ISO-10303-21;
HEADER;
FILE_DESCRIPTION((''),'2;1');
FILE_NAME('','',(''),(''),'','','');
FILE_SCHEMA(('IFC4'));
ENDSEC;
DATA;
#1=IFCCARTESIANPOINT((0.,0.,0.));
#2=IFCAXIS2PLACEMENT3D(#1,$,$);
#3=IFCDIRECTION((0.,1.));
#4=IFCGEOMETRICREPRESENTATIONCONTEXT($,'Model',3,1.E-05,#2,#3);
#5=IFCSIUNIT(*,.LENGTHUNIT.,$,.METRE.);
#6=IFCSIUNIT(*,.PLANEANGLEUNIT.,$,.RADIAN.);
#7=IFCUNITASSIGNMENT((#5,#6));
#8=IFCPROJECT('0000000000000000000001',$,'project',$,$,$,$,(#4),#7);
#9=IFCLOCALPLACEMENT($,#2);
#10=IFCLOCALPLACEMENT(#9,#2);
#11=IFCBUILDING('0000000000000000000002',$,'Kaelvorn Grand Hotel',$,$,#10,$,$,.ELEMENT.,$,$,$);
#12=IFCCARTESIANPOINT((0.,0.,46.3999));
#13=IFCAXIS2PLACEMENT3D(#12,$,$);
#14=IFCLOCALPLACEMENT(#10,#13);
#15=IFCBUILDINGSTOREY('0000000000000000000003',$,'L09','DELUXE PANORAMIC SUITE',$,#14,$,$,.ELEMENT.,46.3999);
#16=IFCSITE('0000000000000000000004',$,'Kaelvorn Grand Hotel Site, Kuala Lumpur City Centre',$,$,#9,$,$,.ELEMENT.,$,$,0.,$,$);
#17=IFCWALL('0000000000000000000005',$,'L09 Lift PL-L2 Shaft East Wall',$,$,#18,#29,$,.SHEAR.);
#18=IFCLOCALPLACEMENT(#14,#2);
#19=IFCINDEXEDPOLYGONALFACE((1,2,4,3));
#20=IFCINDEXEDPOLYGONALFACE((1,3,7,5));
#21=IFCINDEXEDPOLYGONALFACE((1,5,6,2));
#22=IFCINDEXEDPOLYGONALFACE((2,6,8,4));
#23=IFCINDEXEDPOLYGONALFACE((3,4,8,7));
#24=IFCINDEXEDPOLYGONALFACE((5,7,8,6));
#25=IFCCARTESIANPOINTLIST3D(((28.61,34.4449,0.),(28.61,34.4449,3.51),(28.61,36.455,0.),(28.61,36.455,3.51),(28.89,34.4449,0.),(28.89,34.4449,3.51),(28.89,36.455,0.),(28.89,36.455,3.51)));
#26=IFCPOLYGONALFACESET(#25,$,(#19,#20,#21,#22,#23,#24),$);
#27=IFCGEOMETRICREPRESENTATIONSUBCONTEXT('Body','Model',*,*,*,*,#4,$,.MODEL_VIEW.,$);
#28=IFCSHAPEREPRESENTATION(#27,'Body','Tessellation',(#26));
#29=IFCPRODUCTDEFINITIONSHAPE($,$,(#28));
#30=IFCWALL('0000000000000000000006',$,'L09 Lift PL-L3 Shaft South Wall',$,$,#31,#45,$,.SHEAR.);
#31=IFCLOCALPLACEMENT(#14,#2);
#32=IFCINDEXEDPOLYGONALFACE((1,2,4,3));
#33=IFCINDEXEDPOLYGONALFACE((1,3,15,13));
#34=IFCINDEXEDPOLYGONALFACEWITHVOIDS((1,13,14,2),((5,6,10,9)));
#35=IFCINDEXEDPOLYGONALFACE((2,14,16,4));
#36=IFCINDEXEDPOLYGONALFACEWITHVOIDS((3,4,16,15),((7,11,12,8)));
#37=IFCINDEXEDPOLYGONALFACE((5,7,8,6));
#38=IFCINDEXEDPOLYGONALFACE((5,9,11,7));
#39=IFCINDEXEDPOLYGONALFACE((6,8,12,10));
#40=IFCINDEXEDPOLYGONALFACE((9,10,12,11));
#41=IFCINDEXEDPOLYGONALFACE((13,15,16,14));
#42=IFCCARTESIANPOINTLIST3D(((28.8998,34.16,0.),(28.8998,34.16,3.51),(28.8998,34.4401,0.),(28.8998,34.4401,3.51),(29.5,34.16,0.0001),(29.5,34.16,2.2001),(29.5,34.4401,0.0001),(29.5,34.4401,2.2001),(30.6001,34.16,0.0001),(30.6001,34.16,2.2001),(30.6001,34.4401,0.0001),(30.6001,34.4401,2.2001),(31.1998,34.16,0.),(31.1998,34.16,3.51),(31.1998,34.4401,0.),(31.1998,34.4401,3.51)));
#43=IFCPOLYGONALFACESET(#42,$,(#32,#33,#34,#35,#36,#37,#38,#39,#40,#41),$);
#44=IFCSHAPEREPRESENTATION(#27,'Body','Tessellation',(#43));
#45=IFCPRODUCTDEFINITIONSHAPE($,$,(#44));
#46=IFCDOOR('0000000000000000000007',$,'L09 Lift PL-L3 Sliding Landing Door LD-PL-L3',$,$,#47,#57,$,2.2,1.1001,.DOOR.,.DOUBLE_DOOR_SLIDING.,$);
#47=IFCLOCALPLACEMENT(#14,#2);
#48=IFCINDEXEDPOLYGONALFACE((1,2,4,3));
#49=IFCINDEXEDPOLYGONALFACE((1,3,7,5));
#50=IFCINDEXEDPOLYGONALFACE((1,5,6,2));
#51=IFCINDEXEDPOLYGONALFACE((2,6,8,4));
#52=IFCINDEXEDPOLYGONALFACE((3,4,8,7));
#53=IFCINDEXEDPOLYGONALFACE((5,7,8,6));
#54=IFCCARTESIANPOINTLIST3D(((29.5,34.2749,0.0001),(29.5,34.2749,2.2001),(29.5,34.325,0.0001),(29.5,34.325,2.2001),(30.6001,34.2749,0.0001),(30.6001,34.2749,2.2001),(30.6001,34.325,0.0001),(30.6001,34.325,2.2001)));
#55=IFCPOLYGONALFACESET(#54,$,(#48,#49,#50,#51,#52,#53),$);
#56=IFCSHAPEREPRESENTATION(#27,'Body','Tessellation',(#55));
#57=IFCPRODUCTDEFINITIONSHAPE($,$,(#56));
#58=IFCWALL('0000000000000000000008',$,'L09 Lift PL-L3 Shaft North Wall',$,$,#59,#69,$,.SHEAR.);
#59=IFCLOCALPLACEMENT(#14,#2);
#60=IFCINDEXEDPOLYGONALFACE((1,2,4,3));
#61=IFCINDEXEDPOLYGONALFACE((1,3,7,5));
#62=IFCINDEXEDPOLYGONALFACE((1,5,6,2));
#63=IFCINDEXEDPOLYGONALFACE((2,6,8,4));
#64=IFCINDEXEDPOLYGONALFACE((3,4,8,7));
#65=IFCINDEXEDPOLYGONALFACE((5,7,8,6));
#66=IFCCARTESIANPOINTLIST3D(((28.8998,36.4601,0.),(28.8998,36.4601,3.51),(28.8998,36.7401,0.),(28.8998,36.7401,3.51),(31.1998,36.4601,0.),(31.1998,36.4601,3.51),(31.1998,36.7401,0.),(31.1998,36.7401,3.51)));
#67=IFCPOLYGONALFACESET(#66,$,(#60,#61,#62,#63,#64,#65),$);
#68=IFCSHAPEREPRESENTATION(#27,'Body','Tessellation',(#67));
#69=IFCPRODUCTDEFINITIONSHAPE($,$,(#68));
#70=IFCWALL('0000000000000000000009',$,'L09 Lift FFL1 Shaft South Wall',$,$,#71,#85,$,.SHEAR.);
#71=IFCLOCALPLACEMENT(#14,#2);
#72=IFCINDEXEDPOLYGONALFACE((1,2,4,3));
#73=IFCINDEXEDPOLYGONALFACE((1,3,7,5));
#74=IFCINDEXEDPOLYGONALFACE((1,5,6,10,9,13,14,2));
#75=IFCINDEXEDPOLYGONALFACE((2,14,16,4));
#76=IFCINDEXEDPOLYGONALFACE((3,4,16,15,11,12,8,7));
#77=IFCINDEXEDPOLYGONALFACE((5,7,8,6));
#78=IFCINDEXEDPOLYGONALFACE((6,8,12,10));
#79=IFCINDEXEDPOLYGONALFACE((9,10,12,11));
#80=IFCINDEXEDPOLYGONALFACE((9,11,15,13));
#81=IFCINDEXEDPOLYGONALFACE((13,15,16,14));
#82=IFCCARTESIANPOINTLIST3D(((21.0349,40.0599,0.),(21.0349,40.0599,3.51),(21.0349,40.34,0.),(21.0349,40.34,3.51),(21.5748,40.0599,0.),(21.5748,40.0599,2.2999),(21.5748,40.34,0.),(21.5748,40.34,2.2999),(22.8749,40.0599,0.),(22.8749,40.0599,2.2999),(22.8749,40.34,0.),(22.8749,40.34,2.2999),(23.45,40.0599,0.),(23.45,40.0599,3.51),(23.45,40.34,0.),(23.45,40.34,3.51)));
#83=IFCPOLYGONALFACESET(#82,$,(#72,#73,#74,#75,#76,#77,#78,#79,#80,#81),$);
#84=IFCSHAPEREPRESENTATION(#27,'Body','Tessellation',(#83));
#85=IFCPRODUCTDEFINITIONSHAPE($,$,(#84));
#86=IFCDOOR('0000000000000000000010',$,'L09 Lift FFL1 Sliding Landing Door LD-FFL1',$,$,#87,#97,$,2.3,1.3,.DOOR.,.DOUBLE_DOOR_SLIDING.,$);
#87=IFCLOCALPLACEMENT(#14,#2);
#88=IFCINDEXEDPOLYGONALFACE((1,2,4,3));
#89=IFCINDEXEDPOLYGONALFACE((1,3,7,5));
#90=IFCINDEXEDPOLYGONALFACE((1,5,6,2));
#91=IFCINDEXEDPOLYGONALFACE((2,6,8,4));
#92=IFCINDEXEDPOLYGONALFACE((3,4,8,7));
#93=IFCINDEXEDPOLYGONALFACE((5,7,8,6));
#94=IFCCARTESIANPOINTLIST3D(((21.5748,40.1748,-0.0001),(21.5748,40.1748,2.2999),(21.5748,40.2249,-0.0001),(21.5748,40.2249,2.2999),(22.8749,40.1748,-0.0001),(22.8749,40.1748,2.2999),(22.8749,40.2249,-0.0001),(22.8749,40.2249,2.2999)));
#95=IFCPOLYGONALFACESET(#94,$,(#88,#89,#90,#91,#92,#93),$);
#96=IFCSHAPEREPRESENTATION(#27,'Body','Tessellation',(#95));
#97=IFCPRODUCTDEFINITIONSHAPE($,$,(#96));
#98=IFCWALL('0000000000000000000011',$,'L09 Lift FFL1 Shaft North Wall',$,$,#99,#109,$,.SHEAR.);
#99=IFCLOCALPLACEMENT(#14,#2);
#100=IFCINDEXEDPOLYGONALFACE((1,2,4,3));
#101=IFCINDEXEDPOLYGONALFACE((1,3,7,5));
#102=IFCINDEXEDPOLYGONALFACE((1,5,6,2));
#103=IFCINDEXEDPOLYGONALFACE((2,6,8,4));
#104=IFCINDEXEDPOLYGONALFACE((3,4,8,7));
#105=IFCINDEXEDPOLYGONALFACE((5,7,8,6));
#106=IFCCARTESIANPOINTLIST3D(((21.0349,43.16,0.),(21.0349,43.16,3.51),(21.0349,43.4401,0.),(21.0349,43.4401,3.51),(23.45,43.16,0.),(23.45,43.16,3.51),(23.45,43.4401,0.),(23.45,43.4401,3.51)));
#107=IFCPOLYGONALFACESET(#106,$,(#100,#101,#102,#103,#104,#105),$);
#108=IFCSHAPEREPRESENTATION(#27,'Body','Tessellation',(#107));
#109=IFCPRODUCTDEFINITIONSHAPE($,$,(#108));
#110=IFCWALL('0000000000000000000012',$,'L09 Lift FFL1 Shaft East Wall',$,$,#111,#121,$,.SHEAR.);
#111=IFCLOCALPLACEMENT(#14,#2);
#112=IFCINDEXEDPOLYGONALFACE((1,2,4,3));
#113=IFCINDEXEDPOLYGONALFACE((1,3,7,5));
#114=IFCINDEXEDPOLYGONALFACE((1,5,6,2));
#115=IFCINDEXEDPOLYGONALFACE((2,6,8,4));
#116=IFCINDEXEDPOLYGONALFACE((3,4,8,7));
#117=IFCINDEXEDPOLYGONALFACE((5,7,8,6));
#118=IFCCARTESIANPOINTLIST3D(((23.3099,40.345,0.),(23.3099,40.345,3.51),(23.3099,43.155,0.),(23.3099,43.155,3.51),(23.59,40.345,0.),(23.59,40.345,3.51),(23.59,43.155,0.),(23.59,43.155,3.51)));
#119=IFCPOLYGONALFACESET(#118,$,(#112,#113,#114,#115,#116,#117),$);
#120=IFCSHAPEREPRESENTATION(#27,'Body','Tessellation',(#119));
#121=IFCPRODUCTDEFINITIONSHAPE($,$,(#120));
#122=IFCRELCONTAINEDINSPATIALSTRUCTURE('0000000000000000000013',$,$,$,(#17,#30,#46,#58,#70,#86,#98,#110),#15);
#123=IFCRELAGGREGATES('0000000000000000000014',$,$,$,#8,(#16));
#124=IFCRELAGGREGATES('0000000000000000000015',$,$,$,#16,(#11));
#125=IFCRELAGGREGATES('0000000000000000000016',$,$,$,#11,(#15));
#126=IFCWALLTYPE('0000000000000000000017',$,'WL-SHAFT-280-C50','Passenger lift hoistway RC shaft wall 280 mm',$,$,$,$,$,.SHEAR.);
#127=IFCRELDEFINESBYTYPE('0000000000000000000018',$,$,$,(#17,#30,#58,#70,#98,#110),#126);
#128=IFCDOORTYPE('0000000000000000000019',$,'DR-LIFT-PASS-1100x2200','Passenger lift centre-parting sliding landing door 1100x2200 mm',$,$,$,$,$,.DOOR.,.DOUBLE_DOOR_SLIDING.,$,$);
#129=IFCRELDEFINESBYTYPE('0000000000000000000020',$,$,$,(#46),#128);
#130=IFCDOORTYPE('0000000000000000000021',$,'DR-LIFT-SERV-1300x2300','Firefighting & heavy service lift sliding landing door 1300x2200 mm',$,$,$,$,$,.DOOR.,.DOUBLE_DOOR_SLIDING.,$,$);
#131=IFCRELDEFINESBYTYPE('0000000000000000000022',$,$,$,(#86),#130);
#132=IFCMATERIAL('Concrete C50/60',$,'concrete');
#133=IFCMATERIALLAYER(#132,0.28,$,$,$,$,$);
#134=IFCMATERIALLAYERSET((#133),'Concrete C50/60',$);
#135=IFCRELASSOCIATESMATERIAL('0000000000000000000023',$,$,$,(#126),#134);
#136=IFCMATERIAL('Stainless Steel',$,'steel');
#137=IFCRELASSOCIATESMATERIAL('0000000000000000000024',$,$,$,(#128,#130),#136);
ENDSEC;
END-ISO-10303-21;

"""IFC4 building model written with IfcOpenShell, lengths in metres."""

from ifc_helpers import new_model, si_unit, direction, frame, frame_2d, origin, place, context, subcontext, project, spatial, rectangle, extrude, material, layer, layer_set, type_object, element, fill, save


model = new_model("IFC4")

# Units and contexts
model_context = context("Model", 3, precision=1e-05, world=origin(), true_north=direction((0.0, 1.0)))
body_context = subcontext(model_context, "Body", "Model", "MODEL_VIEW")
ifc_project = project(units=[si_unit("LENGTHUNIT", "METRE"), si_unit("PLANEANGLEUNIT", "RADIAN")], contexts=[model_context])

# Site, building, storey
site_placement = place(None, origin())
site = spatial("IfcSite", under=ifc_project, at=site_placement, Name="Kaelvorn Grand Hotel Site, Kuala Lumpur City Centre", CompositionType="ELEMENT", RefElevation=0.0)
building_placement = place(site_placement, origin())
building = spatial("IfcBuilding", under=site, at=building_placement, Name="Kaelvorn Grand Hotel", CompositionType="ELEMENT")
storey_placement = place(building_placement, frame((0.0, 0.0, 46.3999)))
storey = spatial("IfcBuildingStorey", under=building, at=storey_placement, Name="L09", Description="DELUXE PANORAMIC SUITE", CompositionType="ELEMENT", Elevation=46.3999)

# Shared definitions
ifc_material_1 = material(Name="Concrete C50/60", Category="concrete")
ifc_layer_1 = layer(ifc_material_1, 0.28)
ifc_layer_set_1 = layer_set([ifc_layer_1], Name="Concrete C50/60")
wall_type_1 = type_object("IfcWallType", Name="WL-SHAFT-280-C50", Description="Passenger lift hoistway RC shaft wall 280 mm", PredefinedType="SHEAR", material=ifc_layer_set_1)
ifc_material_2 = material(Name="Stainless Steel", Category="steel")
door_type_1 = type_object("IfcDoorType", Name="DR-LIFT-PASS-1100x2200", Description="Passenger lift centre-parting sliding landing door 1100x2200 mm", OperationType="DOUBLE_DOOR_SLIDING", PredefinedType="DOOR", material=ifc_material_2)

# Wall
wall_1_placement = place(storey_placement, frame((28.75, 34.4451, 0.0), z_axis=(0.0, 0.0, 1.0), x_axis=(0.0, 1.0, 0.0)))
element("IfcWall", 1, at=wall_1_placement, inside=storey, type_object=wall_type_1, Name="L09 Lift PL-L2 Shaft East Wall", PredefinedType="SHEAR", context=body_context, shape_type="SweptSolid", body=[
    extrude(rectangle(XDim=2.01, YDim=0.28, at=frame_2d((1.0049, 0.0))), origin(), (0.0, 0.0, 1.0), 3.51),
])

# Wall, opening, door
wall_2_placement = place(storey_placement, frame((28.8999, 34.3, 0.0), z_axis=(0.0, 0.0, 1.0), x_axis=(1.0, 0.0, 0.0)))
wall_2 = element("IfcWall", 2, at=wall_2_placement, inside=storey, type_object=wall_type_1, Name="L09 Lift PL-L3 Shaft South Wall", PredefinedType="SHEAR", context=body_context, shape_type="SweptSolid", body=[
    extrude(rectangle(XDim=2.3, YDim=0.28, at=frame_2d((1.1499, 0.0))), origin(), (0.0, 0.0, 1.0), 3.51),
])
opening_1_placement = place(wall_2_placement, frame((0.6001, 0.0, 0.0)))
opening_1 = element("IfcOpeningElement", 3, at=opening_1_placement, cuts=wall_2, PredefinedType="OPENING", context=body_context, shape_type="SweptSolid", body=[
    extrude(rectangle(XDim=1.1001, YDim=2.2, at=frame_2d((0.55, 1.1001))), frame((0.0, 0.1499, 0.0), z_axis=(0.0, -1.0, 0.0), x_axis=(1.0, 0.0, 0.0)), (0.0, 0.0, 1.0), 0.3),
])
door_1_placement = place(opening_1_placement, origin())
door_1 = element("IfcDoor", 4, at=door_1_placement, inside=storey, type_object=door_type_1, Name="L09 Lift PL-L3 Sliding Landing Door LD-PL-L3", OperationType="DOUBLE_DOOR_SLIDING", OverallHeight=2.2, OverallWidth=1.1001, PredefinedType="DOOR", context=body_context, shape_type="SweptSolid", body=[
    extrude(rectangle(XDim=1.1001, YDim=2.2, at=frame_2d((0.55, 1.1001))), frame((0.0, 0.0249, 0.0), z_axis=(0.0, -1.0, 0.0), x_axis=(1.0, 0.0, 0.0)), (0.0, 0.0, 1.0), 0.05),
])
fill(opening_1, door_1)

# Wall
wall_3_placement = place(storey_placement, frame((28.8999, 36.6001, 0.0), z_axis=(0.0, 0.0, 1.0), x_axis=(1.0, 0.0, 0.0)))
element("IfcWall", 5, at=wall_3_placement, inside=storey, type_object=wall_type_1, Name="L09 Lift PL-L3 Shaft North Wall", PredefinedType="SHEAR", context=body_context, shape_type="SweptSolid", body=[
    extrude(rectangle(XDim=2.3, YDim=0.28, at=frame_2d((1.1499, 0.0))), origin(), (0.0, 0.0, 1.0), 3.51),
])

# Wall, opening, door
wall_4_placement = place(storey_placement, frame((21.0349, 40.2, 0.0), z_axis=(0.0, 0.0, 1.0), x_axis=(1.0, 0.0, 0.0)))
wall_4 = element("IfcWall", 6, at=wall_4_placement, inside=storey, type_object=wall_type_1, Name="L09 Lift FFL1 Shaft South Wall", PredefinedType="SHEAR", context=body_context, shape_type="SweptSolid", body=[
    extrude(rectangle(XDim=2.415, YDim=0.28, at=frame_2d((1.2075, 0.0))), origin(), (0.0, 0.0, 1.0), 3.51),
])
opening_2_placement = place(wall_4_placement, frame((0.54, 0.0, 0.0)))
opening_2 = element("IfcOpeningElement", 7, at=opening_2_placement, cuts=wall_4, PredefinedType="OPENING", context=body_context, shape_type="SweptSolid", body=[
    extrude(rectangle(XDim=1.3, YDim=2.3, at=frame_2d((0.6499, 1.1499))), frame((0.0, 0.1499, 0.0), z_axis=(0.0, -1.0, 0.0), x_axis=(1.0, 0.0, 0.0)), (0.0, 0.0, 1.0), 0.3),
])
door_type_2 = type_object("IfcDoorType", Name="DR-LIFT-SERV-1300x2300", Description="Firefighting & heavy service lift sliding landing door 1300x2200 mm", OperationType="DOUBLE_DOOR_SLIDING", PredefinedType="DOOR", material=ifc_material_2)
door_2_placement = place(opening_2_placement, origin())
door_2 = element("IfcDoor", 8, at=door_2_placement, inside=storey, type_object=door_type_2, Name="L09 Lift FFL1 Sliding Landing Door LD-FFL1", OperationType="DOUBLE_DOOR_SLIDING", OverallHeight=2.3, OverallWidth=1.3, PredefinedType="DOOR", context=body_context, shape_type="SweptSolid", body=[
    extrude(rectangle(XDim=1.3, YDim=2.3, at=frame_2d((0.6499, 1.1499))), frame((0.0, 0.0249, 0.0), z_axis=(0.0, -1.0, 0.0), x_axis=(1.0, 0.0, 0.0)), (0.0, 0.0, 1.0), 0.05),
])
fill(opening_2, door_2)

# Walls
wall_5_placement = place(storey_placement, frame((21.0349, 43.3, 0.0), z_axis=(0.0, 0.0, 1.0), x_axis=(1.0, 0.0, 0.0)))
element("IfcWall", 9, at=wall_5_placement, inside=storey, type_object=wall_type_1, Name="L09 Lift FFL1 Shaft North Wall", PredefinedType="SHEAR", context=body_context, shape_type="SweptSolid", body=[
    extrude(rectangle(XDim=2.415, YDim=0.28, at=frame_2d((1.2075, 0.0))), origin(), (0.0, 0.0, 1.0), 3.51),
])
wall_6_placement = place(storey_placement, frame((23.45, 40.345, 0.0), z_axis=(0.0, 0.0, 1.0), x_axis=(0.0, 1.0, 0.0)))
element("IfcWall", 10, at=wall_6_placement, inside=storey, type_object=wall_type_1, Name="L09 Lift FFL1 Shaft East Wall", PredefinedType="SHEAR", context=body_context, shape_type="SweptSolid", body=[
    extrude(rectangle(XDim=2.8101, YDim=0.28, at=frame_2d((1.405, 0.0))), origin(), (0.0, 0.0, 1.0), 3.51),
])

save(model, "model.ifc")
